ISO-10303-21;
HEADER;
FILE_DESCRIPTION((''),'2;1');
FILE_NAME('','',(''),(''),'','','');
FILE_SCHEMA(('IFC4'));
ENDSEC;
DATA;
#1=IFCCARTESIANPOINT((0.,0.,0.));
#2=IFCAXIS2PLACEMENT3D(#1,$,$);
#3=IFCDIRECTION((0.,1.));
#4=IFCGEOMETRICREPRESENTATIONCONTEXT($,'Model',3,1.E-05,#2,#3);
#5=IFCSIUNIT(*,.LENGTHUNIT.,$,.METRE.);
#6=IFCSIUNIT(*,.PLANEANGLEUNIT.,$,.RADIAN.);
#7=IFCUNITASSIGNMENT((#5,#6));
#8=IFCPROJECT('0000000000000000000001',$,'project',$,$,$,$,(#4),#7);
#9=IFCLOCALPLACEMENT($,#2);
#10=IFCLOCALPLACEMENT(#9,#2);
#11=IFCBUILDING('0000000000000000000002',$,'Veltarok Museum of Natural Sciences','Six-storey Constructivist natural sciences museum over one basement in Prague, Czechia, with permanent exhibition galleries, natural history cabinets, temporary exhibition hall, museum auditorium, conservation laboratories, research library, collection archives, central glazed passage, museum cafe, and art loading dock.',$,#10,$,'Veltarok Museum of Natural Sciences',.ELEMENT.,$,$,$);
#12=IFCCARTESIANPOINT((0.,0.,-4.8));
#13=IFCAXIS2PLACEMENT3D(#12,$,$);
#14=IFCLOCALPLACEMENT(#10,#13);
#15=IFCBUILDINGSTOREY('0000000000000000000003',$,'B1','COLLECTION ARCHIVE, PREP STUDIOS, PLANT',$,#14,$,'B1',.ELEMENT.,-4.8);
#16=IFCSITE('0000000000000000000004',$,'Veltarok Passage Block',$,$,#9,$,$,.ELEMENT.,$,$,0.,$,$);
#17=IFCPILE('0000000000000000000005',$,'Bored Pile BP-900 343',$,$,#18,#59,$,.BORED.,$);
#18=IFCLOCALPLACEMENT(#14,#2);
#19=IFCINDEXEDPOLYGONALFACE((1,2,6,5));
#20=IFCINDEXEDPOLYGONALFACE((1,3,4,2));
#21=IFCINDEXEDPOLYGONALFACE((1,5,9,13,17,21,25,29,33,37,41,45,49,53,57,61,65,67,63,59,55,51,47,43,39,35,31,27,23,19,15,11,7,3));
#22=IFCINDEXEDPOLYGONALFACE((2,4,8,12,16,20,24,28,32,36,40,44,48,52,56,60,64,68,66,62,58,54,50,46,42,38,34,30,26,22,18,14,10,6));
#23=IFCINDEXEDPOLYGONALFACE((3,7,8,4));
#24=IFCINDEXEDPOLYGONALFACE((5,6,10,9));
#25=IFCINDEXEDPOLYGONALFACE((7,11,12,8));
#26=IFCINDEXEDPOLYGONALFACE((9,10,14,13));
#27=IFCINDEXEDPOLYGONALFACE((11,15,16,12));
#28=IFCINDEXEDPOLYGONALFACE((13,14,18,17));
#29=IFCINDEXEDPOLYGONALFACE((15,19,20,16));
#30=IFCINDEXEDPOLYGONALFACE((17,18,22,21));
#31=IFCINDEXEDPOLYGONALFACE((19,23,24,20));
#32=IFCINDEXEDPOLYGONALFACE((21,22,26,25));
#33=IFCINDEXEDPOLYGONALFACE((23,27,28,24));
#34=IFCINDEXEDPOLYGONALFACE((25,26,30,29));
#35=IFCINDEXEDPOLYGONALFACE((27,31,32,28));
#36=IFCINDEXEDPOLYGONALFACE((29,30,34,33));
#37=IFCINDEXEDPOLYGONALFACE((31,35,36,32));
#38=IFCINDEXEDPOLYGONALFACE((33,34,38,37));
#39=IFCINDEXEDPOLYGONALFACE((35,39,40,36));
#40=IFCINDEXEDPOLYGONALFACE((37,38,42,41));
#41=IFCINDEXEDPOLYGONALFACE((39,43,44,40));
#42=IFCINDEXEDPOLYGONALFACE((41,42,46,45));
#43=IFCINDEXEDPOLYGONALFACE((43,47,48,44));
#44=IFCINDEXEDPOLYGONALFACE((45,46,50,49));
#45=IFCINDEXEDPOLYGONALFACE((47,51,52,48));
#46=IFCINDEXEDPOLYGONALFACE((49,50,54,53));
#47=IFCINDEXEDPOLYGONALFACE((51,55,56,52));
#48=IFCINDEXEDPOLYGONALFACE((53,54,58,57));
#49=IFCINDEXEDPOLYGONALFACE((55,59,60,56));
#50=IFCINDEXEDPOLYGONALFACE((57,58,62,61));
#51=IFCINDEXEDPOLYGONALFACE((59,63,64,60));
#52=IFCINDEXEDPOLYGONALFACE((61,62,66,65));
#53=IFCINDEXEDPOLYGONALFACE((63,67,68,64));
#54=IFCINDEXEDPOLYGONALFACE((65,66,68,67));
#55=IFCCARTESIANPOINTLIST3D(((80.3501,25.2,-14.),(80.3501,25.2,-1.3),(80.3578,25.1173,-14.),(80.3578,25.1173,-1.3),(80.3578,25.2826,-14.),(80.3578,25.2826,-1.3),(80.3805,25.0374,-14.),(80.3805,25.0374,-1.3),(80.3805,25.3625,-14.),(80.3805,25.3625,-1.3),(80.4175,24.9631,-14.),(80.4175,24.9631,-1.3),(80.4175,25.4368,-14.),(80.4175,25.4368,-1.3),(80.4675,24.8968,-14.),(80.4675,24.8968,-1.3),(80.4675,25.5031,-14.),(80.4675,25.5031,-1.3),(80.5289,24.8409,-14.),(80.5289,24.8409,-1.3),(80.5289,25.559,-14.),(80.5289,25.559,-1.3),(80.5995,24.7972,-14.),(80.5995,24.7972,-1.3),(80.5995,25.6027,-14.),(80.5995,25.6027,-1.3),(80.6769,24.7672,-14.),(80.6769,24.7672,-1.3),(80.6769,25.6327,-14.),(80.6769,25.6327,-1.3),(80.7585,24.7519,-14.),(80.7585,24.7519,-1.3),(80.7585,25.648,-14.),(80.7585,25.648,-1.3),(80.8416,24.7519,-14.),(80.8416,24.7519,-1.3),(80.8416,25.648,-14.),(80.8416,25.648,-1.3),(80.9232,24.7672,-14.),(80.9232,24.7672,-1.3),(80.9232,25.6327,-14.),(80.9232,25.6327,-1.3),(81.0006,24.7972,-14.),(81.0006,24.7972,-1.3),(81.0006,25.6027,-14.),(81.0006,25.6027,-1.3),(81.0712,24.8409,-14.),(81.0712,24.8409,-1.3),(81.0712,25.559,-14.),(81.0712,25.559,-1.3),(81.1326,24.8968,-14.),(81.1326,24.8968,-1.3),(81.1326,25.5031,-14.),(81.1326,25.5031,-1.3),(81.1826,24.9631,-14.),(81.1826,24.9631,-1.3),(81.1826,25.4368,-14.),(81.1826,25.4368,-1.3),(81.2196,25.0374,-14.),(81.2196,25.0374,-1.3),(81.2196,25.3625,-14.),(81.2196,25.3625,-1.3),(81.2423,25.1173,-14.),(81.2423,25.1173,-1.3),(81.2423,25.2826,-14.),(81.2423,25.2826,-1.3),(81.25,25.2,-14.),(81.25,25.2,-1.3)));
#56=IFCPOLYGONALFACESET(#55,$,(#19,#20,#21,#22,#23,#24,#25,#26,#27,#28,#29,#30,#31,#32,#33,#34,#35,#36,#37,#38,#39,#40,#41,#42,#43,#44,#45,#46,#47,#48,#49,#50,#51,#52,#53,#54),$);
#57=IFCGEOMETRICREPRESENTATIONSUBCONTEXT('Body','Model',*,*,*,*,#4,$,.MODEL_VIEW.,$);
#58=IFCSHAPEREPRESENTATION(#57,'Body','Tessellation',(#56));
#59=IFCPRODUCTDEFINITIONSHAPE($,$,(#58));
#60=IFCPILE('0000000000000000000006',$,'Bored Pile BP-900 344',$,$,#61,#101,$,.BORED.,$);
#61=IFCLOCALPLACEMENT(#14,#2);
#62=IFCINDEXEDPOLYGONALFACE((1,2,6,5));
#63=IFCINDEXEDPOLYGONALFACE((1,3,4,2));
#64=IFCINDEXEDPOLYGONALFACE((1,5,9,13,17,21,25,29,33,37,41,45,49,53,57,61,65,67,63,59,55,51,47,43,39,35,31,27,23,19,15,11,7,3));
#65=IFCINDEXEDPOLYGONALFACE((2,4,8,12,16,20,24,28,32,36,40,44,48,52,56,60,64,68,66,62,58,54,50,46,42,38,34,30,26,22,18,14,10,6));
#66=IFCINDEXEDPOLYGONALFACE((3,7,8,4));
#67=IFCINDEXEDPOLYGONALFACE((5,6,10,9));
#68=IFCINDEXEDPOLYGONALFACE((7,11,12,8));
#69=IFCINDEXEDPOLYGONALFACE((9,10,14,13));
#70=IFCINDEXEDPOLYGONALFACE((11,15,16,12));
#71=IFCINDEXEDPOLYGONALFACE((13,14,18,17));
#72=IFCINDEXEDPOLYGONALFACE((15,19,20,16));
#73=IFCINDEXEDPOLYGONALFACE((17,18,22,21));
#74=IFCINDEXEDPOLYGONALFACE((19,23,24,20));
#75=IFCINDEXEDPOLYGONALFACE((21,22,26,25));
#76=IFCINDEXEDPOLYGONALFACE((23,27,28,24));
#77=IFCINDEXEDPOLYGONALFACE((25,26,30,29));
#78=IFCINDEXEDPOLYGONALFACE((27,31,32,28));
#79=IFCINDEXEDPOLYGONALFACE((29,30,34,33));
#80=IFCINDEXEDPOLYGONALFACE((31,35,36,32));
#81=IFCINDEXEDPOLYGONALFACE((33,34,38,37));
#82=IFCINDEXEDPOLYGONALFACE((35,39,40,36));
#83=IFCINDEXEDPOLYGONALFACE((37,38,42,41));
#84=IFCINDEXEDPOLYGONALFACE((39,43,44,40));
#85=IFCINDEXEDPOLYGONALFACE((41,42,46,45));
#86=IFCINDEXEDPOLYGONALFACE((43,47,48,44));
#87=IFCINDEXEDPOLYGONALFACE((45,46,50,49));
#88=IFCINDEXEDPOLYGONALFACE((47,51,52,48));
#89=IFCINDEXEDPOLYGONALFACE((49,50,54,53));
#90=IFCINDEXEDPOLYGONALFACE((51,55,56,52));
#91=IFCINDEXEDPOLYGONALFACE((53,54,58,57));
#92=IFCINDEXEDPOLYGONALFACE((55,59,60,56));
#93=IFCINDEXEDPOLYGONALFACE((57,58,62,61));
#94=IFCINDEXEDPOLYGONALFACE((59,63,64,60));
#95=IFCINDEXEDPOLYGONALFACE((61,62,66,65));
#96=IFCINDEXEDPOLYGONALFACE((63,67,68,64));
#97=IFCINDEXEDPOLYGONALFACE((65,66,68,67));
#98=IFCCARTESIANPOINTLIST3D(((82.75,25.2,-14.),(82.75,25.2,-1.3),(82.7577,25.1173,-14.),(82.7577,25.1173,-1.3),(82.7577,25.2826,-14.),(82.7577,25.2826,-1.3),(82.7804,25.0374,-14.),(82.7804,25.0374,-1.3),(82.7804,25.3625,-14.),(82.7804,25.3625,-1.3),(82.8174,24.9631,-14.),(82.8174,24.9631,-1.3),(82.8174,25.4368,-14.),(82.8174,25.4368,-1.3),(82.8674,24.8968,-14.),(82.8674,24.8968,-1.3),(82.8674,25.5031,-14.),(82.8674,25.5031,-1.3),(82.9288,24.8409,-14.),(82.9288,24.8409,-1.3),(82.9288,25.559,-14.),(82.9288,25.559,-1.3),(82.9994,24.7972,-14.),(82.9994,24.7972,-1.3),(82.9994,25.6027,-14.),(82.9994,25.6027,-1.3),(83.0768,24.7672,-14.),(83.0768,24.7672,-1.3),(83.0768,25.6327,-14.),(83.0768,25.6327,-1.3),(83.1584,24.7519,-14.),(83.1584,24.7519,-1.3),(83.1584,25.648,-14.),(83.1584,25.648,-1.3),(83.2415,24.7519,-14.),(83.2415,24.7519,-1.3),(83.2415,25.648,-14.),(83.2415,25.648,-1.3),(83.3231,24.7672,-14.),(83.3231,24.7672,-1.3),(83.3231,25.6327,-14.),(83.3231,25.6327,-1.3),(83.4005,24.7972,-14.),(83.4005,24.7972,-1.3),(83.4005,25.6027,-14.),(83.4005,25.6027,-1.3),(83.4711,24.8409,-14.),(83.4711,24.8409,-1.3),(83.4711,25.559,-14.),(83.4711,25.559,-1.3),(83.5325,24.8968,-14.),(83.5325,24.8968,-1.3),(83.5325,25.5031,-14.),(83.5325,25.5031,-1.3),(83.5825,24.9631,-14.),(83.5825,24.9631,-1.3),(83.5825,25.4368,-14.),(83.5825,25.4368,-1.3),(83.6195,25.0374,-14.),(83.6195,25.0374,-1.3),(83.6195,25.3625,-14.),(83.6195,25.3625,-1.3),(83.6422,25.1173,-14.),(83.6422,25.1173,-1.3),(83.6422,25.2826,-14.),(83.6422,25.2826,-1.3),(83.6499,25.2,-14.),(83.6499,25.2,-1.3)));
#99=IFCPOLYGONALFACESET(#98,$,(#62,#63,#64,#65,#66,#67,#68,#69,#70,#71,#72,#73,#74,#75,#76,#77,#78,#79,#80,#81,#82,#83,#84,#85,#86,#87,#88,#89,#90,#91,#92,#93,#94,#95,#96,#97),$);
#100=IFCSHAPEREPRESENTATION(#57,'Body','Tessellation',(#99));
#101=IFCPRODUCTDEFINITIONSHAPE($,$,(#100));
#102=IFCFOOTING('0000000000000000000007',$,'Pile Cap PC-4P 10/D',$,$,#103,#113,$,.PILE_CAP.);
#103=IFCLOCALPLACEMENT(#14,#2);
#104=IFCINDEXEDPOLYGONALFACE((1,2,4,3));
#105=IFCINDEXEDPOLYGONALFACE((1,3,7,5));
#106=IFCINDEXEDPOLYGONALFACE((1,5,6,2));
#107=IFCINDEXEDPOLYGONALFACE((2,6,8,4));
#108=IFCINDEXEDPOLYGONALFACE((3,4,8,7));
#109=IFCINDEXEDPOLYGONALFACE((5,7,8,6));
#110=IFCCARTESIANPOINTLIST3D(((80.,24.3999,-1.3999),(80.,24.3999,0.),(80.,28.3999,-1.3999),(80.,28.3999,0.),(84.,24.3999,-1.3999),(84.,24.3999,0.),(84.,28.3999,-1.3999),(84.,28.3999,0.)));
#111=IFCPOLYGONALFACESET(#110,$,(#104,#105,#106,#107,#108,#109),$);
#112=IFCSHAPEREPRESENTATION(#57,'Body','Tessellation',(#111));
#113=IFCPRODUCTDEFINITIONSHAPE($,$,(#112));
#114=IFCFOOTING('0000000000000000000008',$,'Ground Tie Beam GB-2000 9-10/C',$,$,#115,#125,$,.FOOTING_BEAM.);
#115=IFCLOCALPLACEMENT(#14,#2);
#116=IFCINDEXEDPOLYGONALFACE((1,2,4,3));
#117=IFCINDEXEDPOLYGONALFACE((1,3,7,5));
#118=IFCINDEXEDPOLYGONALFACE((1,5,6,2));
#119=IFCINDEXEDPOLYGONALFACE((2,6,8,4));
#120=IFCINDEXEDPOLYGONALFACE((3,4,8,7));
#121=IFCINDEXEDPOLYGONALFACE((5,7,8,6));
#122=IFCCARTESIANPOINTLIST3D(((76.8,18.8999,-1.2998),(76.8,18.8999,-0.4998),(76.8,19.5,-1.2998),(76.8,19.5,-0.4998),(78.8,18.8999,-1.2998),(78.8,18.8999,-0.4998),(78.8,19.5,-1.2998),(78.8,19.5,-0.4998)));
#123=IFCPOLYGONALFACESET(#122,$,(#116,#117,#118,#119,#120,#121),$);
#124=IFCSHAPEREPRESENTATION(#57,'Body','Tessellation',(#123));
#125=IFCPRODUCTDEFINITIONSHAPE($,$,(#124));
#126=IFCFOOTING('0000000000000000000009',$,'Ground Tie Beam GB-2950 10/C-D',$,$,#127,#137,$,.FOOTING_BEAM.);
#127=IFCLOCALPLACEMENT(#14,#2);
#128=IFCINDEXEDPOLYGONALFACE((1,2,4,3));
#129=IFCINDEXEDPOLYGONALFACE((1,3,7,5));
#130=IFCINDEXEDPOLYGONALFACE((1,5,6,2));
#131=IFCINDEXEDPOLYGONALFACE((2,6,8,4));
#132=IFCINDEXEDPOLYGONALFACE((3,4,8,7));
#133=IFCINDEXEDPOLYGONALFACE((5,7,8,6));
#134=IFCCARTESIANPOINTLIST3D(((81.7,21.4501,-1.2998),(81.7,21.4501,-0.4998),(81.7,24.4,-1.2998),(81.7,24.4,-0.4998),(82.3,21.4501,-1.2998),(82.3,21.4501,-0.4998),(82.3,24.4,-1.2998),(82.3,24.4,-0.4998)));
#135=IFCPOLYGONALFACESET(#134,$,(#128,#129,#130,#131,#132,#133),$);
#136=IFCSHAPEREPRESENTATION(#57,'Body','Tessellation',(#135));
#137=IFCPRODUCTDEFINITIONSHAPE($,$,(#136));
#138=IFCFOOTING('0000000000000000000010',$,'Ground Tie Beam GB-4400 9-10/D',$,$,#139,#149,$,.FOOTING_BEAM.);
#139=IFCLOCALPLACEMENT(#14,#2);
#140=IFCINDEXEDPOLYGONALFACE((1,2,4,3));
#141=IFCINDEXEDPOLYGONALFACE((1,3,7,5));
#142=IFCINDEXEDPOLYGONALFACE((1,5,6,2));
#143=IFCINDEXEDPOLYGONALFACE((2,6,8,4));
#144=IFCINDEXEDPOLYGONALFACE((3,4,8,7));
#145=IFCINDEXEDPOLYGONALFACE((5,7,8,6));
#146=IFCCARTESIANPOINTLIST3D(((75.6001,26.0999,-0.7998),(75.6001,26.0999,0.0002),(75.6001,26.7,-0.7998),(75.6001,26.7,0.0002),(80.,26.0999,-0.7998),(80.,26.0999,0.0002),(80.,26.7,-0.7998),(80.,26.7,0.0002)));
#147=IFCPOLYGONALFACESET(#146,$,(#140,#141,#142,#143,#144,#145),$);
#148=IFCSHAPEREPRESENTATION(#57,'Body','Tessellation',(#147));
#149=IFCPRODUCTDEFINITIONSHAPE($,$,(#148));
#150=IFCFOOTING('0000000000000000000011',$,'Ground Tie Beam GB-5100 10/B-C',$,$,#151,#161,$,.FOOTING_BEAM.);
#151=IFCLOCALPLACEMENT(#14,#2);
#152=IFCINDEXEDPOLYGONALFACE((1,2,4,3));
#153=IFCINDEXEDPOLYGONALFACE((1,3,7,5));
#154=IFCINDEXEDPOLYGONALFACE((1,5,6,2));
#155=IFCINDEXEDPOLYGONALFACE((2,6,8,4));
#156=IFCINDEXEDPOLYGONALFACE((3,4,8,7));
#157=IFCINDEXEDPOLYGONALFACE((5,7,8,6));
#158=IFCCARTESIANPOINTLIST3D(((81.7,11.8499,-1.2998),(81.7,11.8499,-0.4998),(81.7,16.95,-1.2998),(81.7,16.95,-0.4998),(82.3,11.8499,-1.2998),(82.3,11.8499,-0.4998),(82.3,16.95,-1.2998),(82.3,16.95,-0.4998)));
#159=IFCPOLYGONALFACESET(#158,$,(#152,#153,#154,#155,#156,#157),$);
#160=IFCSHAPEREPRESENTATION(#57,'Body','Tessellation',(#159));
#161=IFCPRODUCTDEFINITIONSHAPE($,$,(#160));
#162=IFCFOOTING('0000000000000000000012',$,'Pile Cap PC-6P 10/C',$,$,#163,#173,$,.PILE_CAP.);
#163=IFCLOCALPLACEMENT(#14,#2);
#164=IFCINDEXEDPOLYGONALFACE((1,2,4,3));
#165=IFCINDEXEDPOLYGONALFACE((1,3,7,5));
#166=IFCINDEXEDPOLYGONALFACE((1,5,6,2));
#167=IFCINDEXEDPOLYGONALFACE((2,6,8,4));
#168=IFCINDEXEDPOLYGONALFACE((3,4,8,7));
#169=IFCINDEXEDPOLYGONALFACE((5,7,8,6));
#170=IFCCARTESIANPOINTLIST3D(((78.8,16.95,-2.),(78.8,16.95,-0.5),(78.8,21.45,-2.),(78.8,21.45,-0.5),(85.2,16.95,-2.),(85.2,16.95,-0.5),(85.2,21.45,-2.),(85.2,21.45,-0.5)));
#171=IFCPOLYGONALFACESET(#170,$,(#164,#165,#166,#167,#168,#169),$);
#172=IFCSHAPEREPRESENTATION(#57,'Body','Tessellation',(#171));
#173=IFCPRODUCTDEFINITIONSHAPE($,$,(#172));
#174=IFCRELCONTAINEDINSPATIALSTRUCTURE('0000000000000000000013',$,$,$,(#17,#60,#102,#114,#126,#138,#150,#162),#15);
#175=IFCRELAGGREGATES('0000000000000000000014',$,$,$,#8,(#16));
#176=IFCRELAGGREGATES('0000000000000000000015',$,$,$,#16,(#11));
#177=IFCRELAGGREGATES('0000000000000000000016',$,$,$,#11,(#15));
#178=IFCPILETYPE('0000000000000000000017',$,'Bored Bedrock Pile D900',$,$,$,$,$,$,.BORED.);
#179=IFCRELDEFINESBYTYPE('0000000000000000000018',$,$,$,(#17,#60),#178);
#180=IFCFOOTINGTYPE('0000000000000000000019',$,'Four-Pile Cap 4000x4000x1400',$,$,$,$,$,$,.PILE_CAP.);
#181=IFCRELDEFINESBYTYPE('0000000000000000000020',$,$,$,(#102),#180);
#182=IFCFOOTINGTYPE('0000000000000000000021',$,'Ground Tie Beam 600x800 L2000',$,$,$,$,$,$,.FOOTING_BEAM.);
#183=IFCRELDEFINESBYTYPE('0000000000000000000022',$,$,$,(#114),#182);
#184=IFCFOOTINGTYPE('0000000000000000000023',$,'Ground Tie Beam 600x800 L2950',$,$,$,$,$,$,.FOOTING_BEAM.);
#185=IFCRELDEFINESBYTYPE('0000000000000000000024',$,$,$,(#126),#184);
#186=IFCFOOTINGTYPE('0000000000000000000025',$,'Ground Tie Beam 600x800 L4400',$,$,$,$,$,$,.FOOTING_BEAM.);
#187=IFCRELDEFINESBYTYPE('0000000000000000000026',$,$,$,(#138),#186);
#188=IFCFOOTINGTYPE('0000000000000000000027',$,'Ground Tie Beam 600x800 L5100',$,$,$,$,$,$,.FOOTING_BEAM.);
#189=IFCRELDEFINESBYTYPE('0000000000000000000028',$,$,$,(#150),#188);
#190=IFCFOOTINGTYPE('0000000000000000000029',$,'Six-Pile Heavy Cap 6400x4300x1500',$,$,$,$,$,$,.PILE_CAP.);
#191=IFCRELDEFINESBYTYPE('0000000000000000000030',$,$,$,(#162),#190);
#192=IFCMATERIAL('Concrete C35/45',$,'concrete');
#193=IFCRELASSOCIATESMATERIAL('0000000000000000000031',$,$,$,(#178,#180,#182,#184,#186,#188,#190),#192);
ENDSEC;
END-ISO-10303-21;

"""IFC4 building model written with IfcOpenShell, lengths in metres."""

from ifc_helpers import new_model, si_unit, direction, frame, origin, origin_2d, place, context, subcontext, project, spatial, rectangle, circle, extrude, material, material_profile, profile_set, type_object, element, save


model = new_model("IFC4")

# Units and contexts
model_context = context("Model", 3, precision=1e-05, world=origin(), true_north=direction((0.0, 1.0)))
body_context = subcontext(model_context, "Body", "Model", "MODEL_VIEW")
ifc_project = project(units=[si_unit("LENGTHUNIT", "METRE"), si_unit("PLANEANGLEUNIT", "RADIAN")], contexts=[model_context])

# Site, building, storey
site_placement = place(None, origin())
site = spatial("IfcSite", under=ifc_project, at=site_placement, Name="Veltarok Passage Block", CompositionType="ELEMENT", RefElevation=0.0)
building_placement = place(site_placement, origin())
building = spatial("IfcBuilding", under=site, at=building_placement, Name="Veltarok Museum of Natural Sciences", Description="Six-storey Constructivist natural sciences museum over one basement in Prague, Czechia, with permanent exhibition galleries, natural history cabinets, temporary exhibition hall, museum auditorium, conservation laboratories, research library, collection archives, central glazed passage, museum cafe, and art loading dock.", LongName="Veltarok Museum of Natural Sciences", CompositionType="ELEMENT")
storey_placement = place(building_placement, frame((0.0, 0.0, -4.8)))
storey = spatial("IfcBuildingStorey", under=building, at=storey_placement, Name="B1", Description="COLLECTION ARCHIVE, PREP STUDIOS, PLANT", LongName="B1", CompositionType="ELEMENT", Elevation=-4.8)

# Piles
ifc_material_1 = material(Name="Concrete C35/45", Category="concrete")
ifc_material_profile_1 = material_profile(ifc_material_1, circle(Radius=0.45, at=origin_2d()), Name="BP D900")
ifc_profile_set_1 = profile_set([ifc_material_profile_1], Name="Concrete C35/45")
pile_type_1 = type_object("IfcPileType", Name="Bored Bedrock Pile D900", PredefinedType="BORED", material=ifc_profile_set_1)
for number, where, z_axis, x_axis, name in (
    (1, (80.8, 25.2, -1.3), (0.0, 0.0, -1.0), (1.0, 0.0, 0.0), "Bored Pile BP-900 343"),
    (2, (83.2, 25.2, -1.3), (0.0, 0.0, -1.0), (1.0, 0.0, 0.0), "Bored Pile BP-900 344"),
):
    element("IfcPile", number, at=place(storey_placement, frame(where, z_axis=z_axis, x_axis=x_axis)), inside=storey, type_object=pile_type_1, Name=name, PredefinedType="BORED", context=body_context, shape_type="SweptSolid", body=[
        extrude(circle(Radius=0.45, at=origin_2d()), origin(), (0.0, 0.0, 1.0), 12.7),
    ])

# Footings
footing_type_1 = type_object("IfcFootingType", Name="Four-Pile Cap 4000x4000x1400", PredefinedType="PILE_CAP", material=ifc_material_1)
footing_1_placement = place(storey_placement, frame((82.0, 26.3999, -1.3999), z_axis=(0.0, 0.0, 1.0), x_axis=(1.0, 0.0, 0.0)))
element("IfcFooting", 3, at=footing_1_placement, inside=storey, type_object=footing_type_1, Name="Pile Cap PC-4P 10/D", PredefinedType="PILE_CAP", context=body_context, shape_type="SweptSolid", body=[
    extrude(rectangle(XDim=4.0, YDim=4.0, at=origin_2d()), origin(), (0.0, 0.0, 1.0), 1.3999),
])
footing_type_2 = type_object("IfcFootingType", Name="Ground Tie Beam 600x800 L2000", PredefinedType="FOOTING_BEAM", material=ifc_material_1)
footing_2_placement = place(storey_placement, frame((77.8, 19.2, -1.2998), z_axis=(0.0, 0.0, 1.0), x_axis=(1.0, 0.0, 0.0)))
element("IfcFooting", 4, at=footing_2_placement, inside=storey, type_object=footing_type_2, Name="Ground Tie Beam GB-2000 9-10/C", PredefinedType="FOOTING_BEAM", context=body_context, shape_type="SweptSolid", body=[
    extrude(rectangle(XDim=2.0, YDim=0.6001, at=origin_2d()), origin(), (0.0, 0.0, 1.0), 0.8),
])
footing_type_3 = type_object("IfcFootingType", Name="Ground Tie Beam 600x800 L2950", PredefinedType="FOOTING_BEAM", material=ifc_material_1)
footing_3_placement = place(storey_placement, frame((82.0, 22.925, -1.2998), z_axis=(0.0, 0.0, 1.0), x_axis=(0.0, 1.0, 0.0)))
element("IfcFooting", 5, at=footing_3_placement, inside=storey, type_object=footing_type_3, Name="Ground Tie Beam GB-2950 10/C-D", PredefinedType="FOOTING_BEAM", context=body_context, shape_type="SweptSolid", body=[
    extrude(rectangle(XDim=2.95, YDim=0.6001, at=origin_2d()), origin(), (0.0, 0.0, 1.0), 0.8),
])
footing_type_4 = type_object("IfcFootingType", Name="Ground Tie Beam 600x800 L4400", PredefinedType="FOOTING_BEAM", material=ifc_material_1)
footing_4_placement = place(storey_placement, frame((77.8, 26.3999, -0.7998), z_axis=(0.0, 0.0, 1.0), x_axis=(1.0, 0.0, 0.0)))
element("IfcFooting", 6, at=footing_4_placement, inside=storey, type_object=footing_type_4, Name="Ground Tie Beam GB-4400 9-10/D", PredefinedType="FOOTING_BEAM", context=body_context, shape_type="SweptSolid", body=[
    extrude(rectangle(XDim=4.3999, YDim=0.6001, at=origin_2d()), origin(), (0.0, 0.0, 1.0), 0.8),
])
footing_type_5 = type_object("IfcFootingType", Name="Ground Tie Beam 600x800 L5100", PredefinedType="FOOTING_BEAM", material=ifc_material_1)
footing_5_placement = place(storey_placement, frame((82.0, 14.3999, -1.2998), z_axis=(0.0, 0.0, 1.0), x_axis=(0.0, 1.0, 0.0)))
element("IfcFooting", 7, at=footing_5_placement, inside=storey, type_object=footing_type_5, Name="Ground Tie Beam GB-5100 10/B-C", PredefinedType="FOOTING_BEAM", context=body_context, shape_type="SweptSolid", body=[
    extrude(rectangle(XDim=5.1001, YDim=0.6001, at=origin_2d()), origin(), (0.0, 0.0, 1.0), 0.8),
])
footing_type_6 = type_object("IfcFootingType", Name="Six-Pile Heavy Cap 6400x4300x1500", PredefinedType="PILE_CAP", material=ifc_material_1)
footing_6_placement = place(storey_placement, frame((82.0, 19.2, -2.0), z_axis=(0.0, 0.0, 1.0), x_axis=(1.0, 0.0, 0.0)))
element("IfcFooting", 8, at=footing_6_placement, inside=storey, type_object=footing_type_6, Name="Pile Cap PC-6P 10/C", PredefinedType="PILE_CAP", context=body_context, shape_type="SweptSolid", body=[
    extrude(rectangle(XDim=6.3999, YDim=4.5, at=origin_2d()), origin(), (0.0, 0.0, 1.0), 1.5),
])

save(model, "model.ifc")
